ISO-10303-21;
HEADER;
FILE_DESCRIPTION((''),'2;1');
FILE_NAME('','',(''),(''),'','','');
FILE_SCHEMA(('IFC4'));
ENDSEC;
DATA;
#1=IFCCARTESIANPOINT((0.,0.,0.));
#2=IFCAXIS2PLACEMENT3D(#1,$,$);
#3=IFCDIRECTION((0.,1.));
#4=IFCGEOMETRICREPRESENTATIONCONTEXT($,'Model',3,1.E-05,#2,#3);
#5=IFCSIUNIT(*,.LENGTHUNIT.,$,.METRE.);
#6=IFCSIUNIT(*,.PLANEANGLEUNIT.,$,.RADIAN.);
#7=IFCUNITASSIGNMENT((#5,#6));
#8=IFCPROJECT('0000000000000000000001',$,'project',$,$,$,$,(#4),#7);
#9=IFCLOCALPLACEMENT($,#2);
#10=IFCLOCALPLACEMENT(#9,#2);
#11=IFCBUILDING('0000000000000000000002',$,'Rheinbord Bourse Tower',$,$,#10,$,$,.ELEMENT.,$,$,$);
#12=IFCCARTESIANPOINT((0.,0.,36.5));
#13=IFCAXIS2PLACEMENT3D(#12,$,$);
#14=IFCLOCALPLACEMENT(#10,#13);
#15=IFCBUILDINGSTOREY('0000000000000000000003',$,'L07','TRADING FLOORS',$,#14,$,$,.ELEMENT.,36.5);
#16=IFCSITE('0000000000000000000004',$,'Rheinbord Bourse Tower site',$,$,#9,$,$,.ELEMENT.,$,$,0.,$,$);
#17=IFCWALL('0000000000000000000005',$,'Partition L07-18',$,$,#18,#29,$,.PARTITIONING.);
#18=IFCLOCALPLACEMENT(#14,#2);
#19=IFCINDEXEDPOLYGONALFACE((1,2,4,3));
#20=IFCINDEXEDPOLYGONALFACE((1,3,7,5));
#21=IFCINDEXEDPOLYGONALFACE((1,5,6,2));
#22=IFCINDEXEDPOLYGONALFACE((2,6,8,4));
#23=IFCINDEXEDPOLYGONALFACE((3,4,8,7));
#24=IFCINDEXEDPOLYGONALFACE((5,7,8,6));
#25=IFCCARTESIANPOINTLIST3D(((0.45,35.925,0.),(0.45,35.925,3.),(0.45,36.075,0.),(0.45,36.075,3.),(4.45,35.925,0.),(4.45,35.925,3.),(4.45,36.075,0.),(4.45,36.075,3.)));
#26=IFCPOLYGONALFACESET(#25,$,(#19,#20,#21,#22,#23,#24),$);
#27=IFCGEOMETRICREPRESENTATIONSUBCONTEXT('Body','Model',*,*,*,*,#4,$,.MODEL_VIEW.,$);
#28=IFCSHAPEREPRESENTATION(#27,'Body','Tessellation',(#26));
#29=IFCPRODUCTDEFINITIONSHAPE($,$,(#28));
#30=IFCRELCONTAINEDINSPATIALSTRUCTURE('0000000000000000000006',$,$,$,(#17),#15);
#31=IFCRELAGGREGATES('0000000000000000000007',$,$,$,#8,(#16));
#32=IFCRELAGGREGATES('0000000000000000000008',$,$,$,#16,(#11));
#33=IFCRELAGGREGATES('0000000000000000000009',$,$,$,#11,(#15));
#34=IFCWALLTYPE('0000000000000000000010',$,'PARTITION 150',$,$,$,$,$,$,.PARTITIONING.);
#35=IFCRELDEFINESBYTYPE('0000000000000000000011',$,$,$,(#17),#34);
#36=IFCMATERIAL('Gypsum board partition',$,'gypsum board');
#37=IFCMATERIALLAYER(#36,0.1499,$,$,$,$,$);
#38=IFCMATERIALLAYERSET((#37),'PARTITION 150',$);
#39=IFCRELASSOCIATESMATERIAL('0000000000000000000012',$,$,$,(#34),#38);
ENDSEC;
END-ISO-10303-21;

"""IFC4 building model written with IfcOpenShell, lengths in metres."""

from ifc_helpers import new_model, si_unit, direction, frame, frame_2d, origin, place, context, subcontext, project, spatial, rectangle, extrude, material, layer, layer_set, type_object, element, save


model = new_model("IFC4")

# Units and contexts
model_context = context("Model", 3, precision=1e-05, world=origin(), true_north=direction((0.0, 1.0)))
body_context = subcontext(model_context, "Body", "Model", "MODEL_VIEW")
ifc_project = project(units=[si_unit("LENGTHUNIT", "METRE"), si_unit("PLANEANGLEUNIT", "RADIAN")], contexts=[model_context])

# Site, building, storey
site_placement = place(None, origin())
site = spatial("IfcSite", under=ifc_project, at=site_placement, Name="Rheinbord Bourse Tower site", CompositionType="ELEMENT", RefElevation=0.0)
building_placement = place(site_placement, origin())
building = spatial("IfcBuilding", under=site, at=building_placement, Name="Rheinbord Bourse Tower", CompositionType="ELEMENT")
storey_placement = place(building_placement, frame((0.0, 0.0, 36.5)))
storey = spatial("IfcBuildingStorey", under=building, at=storey_placement, Name="L07", Description="TRADING FLOORS", CompositionType="ELEMENT", Elevation=36.5)

# Wall
ifc_material_1 = material(Name="Gypsum board partition", Category="gypsum board")
ifc_layer_1 = layer(ifc_material_1, 0.1499)
ifc_layer_set_1 = layer_set([ifc_layer_1], Name="PARTITION 150")
wall_type_1 = type_object("IfcWallType", Name="PARTITION 150", PredefinedType="PARTITIONING", material=ifc_layer_set_1)
wall_1_placement = place(storey_placement, frame((0.45, 36.0, 0.0), z_axis=(0.0, 0.0, 1.0), x_axis=(1.0, 0.0, 0.0)))
element("IfcWall", 1, at=wall_1_placement, inside=storey, type_object=wall_type_1, Name="Partition L07-18", PredefinedType="PARTITIONING", context=body_context, shape_type="SweptSolid", body=[
    extrude(rectangle(XDim=4.0, YDim=0.1499, at=frame_2d((2.0, 0.0))), origin(), (0.0, 0.0, 1.0), 3.0),
])

save(model, "model.ifc")
